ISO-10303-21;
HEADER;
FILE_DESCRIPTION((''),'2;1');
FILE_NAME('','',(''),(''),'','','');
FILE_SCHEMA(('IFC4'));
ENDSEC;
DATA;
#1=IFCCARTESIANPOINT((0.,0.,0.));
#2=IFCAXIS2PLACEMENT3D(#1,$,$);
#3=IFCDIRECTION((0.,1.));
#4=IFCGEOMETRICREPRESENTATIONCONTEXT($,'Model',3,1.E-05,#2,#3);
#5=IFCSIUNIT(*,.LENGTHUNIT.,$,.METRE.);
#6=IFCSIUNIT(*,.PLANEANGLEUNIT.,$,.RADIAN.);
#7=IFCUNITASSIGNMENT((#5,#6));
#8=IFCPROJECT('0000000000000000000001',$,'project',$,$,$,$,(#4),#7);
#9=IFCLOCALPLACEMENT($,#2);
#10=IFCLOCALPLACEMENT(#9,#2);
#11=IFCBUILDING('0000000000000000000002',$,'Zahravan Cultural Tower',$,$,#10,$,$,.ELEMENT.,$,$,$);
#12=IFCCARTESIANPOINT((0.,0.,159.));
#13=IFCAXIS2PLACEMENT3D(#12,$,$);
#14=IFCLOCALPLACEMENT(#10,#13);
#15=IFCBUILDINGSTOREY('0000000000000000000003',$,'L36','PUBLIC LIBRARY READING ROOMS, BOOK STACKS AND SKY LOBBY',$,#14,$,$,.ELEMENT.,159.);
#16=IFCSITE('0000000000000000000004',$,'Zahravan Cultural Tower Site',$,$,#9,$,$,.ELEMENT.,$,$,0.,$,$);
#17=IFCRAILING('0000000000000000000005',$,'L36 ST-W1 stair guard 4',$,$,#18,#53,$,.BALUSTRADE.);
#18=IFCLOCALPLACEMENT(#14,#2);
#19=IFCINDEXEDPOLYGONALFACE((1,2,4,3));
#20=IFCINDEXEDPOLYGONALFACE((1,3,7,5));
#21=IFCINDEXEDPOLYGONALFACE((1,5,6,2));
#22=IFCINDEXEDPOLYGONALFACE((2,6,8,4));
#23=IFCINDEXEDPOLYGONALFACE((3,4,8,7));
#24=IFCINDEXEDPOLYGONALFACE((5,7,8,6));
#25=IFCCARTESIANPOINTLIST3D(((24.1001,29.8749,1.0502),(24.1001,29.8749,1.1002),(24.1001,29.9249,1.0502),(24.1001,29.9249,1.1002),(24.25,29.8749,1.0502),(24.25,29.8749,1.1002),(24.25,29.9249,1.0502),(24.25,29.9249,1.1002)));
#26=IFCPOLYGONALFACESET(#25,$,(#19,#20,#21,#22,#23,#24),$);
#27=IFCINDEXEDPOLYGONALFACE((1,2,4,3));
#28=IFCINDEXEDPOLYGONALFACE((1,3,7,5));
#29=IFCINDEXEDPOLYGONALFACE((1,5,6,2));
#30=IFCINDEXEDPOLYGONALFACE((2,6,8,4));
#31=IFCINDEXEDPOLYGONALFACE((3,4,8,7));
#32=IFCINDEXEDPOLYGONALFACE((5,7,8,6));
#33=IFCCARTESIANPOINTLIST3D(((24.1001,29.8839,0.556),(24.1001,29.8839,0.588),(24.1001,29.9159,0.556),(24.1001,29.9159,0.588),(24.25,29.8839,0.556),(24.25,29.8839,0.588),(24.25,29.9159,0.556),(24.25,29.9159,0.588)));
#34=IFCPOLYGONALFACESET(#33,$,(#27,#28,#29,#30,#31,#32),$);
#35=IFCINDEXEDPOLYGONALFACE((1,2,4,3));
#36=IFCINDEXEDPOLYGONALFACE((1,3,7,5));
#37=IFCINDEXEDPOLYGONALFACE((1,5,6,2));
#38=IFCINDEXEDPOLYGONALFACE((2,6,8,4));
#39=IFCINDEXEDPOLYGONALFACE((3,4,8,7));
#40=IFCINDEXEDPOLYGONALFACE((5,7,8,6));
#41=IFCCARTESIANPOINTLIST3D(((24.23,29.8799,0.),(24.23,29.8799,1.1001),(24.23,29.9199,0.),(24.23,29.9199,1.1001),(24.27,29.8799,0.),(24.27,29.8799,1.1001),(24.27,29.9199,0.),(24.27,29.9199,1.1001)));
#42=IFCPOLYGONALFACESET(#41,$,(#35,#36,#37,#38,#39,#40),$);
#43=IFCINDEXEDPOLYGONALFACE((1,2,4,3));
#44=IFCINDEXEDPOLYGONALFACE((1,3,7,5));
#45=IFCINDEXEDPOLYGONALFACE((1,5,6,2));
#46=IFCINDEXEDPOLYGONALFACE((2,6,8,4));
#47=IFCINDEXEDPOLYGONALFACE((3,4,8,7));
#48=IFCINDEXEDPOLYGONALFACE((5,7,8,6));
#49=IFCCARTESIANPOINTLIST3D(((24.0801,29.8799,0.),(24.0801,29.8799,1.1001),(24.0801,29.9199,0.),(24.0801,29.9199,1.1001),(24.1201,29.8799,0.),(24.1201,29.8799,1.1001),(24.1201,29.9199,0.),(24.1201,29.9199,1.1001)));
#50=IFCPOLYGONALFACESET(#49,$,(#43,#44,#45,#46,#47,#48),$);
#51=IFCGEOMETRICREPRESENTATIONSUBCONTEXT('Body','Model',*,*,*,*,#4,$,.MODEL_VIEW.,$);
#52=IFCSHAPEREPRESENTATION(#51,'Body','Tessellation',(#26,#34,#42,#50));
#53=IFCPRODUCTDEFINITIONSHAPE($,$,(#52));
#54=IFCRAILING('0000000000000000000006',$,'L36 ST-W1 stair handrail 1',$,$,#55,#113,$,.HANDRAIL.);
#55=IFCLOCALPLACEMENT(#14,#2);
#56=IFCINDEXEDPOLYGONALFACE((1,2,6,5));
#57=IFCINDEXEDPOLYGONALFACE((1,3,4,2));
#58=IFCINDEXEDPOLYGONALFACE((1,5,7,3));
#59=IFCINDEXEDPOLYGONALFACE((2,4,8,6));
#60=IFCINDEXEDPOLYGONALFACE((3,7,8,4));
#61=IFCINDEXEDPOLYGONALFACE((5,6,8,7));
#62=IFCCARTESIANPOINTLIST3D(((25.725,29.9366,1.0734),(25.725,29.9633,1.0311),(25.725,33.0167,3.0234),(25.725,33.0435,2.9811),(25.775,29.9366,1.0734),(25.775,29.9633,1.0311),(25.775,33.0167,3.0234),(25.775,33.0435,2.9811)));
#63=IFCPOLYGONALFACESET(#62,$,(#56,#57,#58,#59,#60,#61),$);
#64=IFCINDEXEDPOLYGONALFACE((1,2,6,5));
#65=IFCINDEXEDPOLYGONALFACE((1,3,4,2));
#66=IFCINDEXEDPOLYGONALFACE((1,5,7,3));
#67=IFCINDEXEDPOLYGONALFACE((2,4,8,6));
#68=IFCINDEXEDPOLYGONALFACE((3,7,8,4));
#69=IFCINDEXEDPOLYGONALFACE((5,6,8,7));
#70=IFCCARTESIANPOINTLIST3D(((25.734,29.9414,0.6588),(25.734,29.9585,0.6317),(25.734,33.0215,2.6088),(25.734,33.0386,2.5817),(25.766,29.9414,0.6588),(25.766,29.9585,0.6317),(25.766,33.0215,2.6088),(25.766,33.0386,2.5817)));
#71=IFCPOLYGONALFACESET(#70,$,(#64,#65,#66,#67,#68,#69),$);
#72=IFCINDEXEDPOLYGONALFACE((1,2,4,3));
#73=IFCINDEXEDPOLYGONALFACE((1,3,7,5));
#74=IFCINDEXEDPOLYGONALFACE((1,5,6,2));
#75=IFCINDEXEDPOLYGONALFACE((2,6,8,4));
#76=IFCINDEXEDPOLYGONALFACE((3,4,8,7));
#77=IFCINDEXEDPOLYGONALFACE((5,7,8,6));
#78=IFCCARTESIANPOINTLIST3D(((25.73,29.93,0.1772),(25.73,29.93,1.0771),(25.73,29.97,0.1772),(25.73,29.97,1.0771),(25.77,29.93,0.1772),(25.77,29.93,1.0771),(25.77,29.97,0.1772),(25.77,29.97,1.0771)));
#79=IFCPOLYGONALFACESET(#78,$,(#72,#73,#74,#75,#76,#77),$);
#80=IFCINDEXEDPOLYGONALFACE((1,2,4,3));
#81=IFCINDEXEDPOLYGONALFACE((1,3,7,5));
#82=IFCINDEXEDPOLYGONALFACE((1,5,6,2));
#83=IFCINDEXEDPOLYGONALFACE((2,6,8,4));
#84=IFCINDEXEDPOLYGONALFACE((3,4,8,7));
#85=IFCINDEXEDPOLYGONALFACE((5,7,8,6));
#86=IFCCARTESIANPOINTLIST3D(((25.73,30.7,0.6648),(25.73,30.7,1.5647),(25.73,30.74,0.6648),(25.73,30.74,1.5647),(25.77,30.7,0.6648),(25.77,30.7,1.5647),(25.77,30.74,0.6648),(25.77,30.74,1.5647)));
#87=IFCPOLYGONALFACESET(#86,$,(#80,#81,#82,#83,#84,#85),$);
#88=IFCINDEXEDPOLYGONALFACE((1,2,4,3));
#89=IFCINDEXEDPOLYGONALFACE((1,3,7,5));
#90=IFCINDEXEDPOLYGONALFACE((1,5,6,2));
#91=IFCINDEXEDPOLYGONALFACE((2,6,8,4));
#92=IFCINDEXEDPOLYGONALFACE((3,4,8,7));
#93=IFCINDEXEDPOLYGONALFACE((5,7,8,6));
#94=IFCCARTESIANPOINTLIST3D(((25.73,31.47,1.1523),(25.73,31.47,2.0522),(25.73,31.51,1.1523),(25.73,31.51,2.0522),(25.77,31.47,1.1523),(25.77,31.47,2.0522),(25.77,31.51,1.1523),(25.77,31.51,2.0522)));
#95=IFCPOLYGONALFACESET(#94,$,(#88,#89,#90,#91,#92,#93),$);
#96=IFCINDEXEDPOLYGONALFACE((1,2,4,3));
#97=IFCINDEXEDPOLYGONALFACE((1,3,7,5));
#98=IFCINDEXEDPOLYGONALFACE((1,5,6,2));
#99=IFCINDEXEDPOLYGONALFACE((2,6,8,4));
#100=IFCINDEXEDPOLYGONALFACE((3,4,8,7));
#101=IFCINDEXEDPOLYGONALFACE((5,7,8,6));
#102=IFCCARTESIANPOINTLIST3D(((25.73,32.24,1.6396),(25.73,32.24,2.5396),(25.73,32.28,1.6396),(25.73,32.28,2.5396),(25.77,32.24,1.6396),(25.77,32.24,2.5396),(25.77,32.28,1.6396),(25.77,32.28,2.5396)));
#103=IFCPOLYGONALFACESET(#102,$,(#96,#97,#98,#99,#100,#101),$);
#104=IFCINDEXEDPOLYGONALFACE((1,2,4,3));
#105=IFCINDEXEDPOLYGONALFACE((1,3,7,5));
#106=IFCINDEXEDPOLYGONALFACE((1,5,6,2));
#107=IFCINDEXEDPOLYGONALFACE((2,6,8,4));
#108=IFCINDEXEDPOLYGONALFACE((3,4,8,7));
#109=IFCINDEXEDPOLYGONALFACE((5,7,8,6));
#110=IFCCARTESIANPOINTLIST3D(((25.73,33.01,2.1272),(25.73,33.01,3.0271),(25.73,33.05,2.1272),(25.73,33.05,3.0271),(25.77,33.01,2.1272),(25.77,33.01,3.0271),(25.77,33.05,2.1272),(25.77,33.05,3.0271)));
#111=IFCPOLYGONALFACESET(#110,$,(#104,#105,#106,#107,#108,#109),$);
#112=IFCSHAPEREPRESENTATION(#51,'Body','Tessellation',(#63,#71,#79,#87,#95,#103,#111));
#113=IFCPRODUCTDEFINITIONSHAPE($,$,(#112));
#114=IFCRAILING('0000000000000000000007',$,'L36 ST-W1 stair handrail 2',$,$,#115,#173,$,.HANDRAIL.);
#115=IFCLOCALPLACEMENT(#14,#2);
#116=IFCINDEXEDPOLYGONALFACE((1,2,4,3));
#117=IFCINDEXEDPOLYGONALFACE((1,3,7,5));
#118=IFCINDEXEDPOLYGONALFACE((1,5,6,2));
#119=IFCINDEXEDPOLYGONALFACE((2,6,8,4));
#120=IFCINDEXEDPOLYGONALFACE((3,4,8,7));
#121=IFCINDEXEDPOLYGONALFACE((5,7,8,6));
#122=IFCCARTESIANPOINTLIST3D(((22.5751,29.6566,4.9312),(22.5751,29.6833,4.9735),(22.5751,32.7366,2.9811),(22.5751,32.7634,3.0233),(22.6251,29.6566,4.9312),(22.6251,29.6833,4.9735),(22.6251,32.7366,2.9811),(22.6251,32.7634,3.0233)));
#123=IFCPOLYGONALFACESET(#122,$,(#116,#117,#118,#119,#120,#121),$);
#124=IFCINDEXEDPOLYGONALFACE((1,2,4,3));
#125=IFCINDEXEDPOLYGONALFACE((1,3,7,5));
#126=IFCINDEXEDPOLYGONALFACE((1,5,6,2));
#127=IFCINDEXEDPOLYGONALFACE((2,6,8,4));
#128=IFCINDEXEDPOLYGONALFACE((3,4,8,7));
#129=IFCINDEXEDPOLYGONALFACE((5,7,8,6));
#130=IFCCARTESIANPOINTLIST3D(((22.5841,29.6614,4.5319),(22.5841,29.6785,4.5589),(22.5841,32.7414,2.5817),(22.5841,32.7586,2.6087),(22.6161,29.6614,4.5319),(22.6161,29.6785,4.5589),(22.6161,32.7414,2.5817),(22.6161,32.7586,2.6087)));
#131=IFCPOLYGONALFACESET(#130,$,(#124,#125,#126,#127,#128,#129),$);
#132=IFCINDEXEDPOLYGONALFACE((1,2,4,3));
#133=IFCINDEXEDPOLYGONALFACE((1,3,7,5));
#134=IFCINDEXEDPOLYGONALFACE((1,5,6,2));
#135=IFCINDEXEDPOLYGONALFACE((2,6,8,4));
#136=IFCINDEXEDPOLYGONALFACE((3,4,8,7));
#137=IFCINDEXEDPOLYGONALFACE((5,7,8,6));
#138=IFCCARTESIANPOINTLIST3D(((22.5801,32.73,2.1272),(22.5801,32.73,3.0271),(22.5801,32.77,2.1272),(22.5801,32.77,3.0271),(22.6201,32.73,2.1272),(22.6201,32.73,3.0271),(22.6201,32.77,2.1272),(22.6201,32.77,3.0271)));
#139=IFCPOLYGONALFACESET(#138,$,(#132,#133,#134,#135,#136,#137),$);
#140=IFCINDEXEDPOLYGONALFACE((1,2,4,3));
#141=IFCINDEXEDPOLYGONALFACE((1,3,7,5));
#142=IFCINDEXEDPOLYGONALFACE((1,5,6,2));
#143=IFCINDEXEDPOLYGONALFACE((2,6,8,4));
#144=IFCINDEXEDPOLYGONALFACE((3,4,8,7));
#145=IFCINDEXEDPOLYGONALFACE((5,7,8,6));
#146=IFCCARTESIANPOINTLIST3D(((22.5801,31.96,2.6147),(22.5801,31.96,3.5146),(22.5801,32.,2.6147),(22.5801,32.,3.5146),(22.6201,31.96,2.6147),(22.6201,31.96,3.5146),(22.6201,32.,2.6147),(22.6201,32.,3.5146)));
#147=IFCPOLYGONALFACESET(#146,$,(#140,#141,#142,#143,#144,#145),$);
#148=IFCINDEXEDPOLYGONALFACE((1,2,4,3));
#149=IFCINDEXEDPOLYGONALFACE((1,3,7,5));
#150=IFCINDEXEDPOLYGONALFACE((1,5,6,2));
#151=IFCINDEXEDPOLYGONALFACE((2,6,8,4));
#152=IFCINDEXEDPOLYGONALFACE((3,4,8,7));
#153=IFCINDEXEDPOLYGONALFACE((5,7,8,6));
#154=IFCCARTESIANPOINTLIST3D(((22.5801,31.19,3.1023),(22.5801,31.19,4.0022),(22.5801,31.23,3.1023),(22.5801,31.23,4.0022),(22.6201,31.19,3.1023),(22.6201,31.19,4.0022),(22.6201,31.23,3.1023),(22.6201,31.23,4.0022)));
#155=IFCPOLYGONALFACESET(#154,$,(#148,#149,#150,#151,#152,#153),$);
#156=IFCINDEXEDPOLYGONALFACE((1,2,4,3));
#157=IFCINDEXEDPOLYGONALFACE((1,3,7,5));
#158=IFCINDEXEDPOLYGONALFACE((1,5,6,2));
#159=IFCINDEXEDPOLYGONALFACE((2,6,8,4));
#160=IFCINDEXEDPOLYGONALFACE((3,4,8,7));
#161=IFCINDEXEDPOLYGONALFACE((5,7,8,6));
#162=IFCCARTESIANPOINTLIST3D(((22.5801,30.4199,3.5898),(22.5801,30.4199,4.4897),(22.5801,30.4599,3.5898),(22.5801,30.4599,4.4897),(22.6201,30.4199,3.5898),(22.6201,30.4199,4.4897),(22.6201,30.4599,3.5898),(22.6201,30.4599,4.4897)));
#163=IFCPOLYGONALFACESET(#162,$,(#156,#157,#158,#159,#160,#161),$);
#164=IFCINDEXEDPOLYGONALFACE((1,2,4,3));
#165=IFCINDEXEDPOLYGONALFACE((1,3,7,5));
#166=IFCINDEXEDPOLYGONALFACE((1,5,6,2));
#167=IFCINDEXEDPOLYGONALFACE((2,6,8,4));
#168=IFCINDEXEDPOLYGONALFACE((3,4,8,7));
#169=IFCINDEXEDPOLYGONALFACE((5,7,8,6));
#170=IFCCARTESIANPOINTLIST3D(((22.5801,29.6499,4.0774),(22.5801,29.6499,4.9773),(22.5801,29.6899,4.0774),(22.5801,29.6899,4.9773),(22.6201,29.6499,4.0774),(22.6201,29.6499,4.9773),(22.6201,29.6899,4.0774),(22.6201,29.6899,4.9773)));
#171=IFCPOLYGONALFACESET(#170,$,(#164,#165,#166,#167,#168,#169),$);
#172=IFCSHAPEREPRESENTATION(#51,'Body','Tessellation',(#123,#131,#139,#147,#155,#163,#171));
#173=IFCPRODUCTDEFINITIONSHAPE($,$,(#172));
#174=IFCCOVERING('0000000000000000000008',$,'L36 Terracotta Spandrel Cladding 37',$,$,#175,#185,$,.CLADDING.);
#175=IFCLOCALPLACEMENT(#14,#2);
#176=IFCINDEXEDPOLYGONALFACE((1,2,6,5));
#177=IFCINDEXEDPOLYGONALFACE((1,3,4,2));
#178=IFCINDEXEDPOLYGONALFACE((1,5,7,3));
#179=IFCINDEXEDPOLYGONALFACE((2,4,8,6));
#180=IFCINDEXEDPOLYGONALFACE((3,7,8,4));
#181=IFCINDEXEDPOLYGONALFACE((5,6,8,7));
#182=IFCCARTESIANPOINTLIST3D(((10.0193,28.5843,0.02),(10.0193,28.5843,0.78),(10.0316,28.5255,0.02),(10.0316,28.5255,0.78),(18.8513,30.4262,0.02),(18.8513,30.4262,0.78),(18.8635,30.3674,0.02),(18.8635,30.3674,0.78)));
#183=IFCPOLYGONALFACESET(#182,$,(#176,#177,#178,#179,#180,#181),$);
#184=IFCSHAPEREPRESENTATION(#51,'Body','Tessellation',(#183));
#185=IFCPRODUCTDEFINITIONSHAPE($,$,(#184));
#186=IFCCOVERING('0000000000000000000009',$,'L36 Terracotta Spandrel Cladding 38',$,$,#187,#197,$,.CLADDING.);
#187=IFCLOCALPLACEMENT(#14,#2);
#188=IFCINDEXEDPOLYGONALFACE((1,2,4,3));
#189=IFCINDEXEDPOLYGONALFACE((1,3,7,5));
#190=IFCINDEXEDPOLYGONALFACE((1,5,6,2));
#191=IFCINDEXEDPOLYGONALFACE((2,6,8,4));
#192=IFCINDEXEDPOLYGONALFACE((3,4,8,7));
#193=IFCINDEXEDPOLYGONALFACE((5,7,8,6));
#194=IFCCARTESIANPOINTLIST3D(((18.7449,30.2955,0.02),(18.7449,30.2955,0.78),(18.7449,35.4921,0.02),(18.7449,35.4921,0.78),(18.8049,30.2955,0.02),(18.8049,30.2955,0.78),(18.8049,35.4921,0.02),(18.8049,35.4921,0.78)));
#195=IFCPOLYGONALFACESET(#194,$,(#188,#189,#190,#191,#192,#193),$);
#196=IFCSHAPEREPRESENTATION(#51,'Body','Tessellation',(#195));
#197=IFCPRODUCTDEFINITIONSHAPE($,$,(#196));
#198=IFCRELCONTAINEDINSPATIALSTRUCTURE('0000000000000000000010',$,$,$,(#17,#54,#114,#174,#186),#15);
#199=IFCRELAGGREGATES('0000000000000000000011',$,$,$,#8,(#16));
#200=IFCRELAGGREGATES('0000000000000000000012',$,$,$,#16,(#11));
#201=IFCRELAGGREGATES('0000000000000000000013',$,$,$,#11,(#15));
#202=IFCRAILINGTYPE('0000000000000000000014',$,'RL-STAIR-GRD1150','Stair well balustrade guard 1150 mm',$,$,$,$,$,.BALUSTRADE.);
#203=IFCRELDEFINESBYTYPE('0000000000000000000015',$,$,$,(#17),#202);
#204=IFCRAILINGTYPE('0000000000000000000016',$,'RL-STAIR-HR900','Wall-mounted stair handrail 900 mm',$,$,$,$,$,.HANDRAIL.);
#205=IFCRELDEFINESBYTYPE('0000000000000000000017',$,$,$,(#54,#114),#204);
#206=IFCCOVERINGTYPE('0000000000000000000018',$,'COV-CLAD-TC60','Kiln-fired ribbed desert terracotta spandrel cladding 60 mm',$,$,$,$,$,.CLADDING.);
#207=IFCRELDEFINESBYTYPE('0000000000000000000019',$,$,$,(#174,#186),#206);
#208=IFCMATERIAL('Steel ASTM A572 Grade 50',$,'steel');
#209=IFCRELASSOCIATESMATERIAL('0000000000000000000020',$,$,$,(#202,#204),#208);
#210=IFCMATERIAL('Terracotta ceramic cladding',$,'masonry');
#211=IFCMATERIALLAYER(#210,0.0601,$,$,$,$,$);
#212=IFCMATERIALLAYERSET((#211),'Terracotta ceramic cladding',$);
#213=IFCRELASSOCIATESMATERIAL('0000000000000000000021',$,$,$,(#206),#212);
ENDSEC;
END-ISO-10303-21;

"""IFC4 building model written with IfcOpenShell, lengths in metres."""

from ifc_helpers import new_model, si_unit, direction, frame, origin, origin_2d, place, context, subcontext, project, spatial, rectangle, extrude, source, transform, mapped, material, layer, layer_set, type_object, element, save


model = new_model("IFC4")

# Units and contexts
model_context = context("Model", 3, precision=1e-05, world=origin(), true_north=direction((0.0, 1.0)))
body_context = subcontext(model_context, "Body", "Model", "MODEL_VIEW")
ifc_project = project(units=[si_unit("LENGTHUNIT", "METRE"), si_unit("PLANEANGLEUNIT", "RADIAN")], contexts=[model_context])

# Site, building, storey
site_placement = place(None, origin())
site = spatial("IfcSite", under=ifc_project, at=site_placement, Name="Zahravan Cultural Tower Site", CompositionType="ELEMENT", RefElevation=0.0)
building_placement = place(site_placement, origin())
building = spatial("IfcBuilding", under=site, at=building_placement, Name="Zahravan Cultural Tower", CompositionType="ELEMENT")
storey_placement = place(building_placement, frame((0.0, 0.0, 159.0)))
storey = spatial("IfcBuildingStorey", under=building, at=storey_placement, Name="L36", Description="PUBLIC LIBRARY READING ROOMS, BOOK STACKS AND SKY LOBBY", CompositionType="ELEMENT", Elevation=159.0)

# Shared definitions
ifc_material_1 = material(Name="Steel ASTM A572 Grade 50", Category="steel")

# Railings
railing_type_1 = type_object("IfcRailingType", Name="RL-STAIR-GRD1150", Description="Stair well balustrade guard 1150 mm", PredefinedType="BALUSTRADE", material=ifc_material_1)
railing_1_placement = place(storey_placement, frame((24.25, 29.8999, 0.0)))
element("IfcRailing", 1, at=railing_1_placement, inside=storey, type_object=railing_type_1, Name="L36 ST-W1 stair guard 4", PredefinedType="BALUSTRADE", context=body_context, shape_type="SweptSolid", body=[
    extrude(rectangle(XDim=0.05, YDim=0.05, at=origin_2d()), frame((0.0, 0.0, 1.0752), z_axis=(-1.0, 0.0, 0.0), x_axis=(0.0, -1.0, 0.0)), (0.0, 0.0, 1.0), 0.1499),
    extrude(rectangle(XDim=0.032, YDim=0.032, at=origin_2d()), frame((0.0, 0.0, 0.572), z_axis=(-1.0, 0.0, 0.0), x_axis=(0.0, -1.0, 0.0)), (0.0, 0.0, 1.0), 0.1499),
    extrude(rectangle(XDim=0.04, YDim=0.04, at=origin_2d()), origin(), (0.0, 0.0, 1.0), 1.1001),
    extrude(rectangle(XDim=0.04, YDim=0.04, at=origin_2d()), frame((-0.1499, 0.0, 0.0)), (0.0, 0.0, 1.0), 1.1001),
])
railing_type_2 = type_object("IfcRailingType", Name="RL-STAIR-HR900", Description="Wall-mounted stair handrail 900 mm", PredefinedType="HANDRAIL", material=ifc_material_1)
railing_2_placement = place(storey_placement, frame((25.75, 29.95, 0.1772)))
element("IfcRailing", 2, at=railing_2_placement, inside=storey, type_object=railing_type_2, Name="L36 ST-W1 stair handrail 1", PredefinedType="HANDRAIL", context=body_context, shape_type="SweptSolid", body=[
    extrude(rectangle(XDim=0.05, YDim=0.05, at=origin_2d()), frame((0.0, 0.0, 0.875), z_axis=(0.0, 0.844914, 0.534902), x_axis=(-1.0, 0.0, 0.0)), (0.0, 0.0, 1.0), 3.6455),
    extrude(rectangle(XDim=0.032, YDim=0.032, at=origin_2d()), frame((0.0, 0.0, 0.468), z_axis=(0.0, 0.844914, 0.534902), x_axis=(-1.0, 0.0, 0.0)), (0.0, 0.0, 1.0), 3.6455),
    extrude(rectangle(XDim=0.04, YDim=0.04, at=origin_2d()), origin(), (0.0, 0.0, 1.0), 0.8999),
    extrude(rectangle(XDim=0.04, YDim=0.04, at=origin_2d()), frame((0.0, 0.77, 0.4875)), (0.0, 0.0, 1.0), 0.8999),
    extrude(rectangle(XDim=0.04, YDim=0.04, at=origin_2d()), frame((0.0, 1.54, 0.9751)), (0.0, 0.0, 1.0), 0.8999),
    extrude(rectangle(XDim=0.04, YDim=0.04, at=origin_2d()), frame((0.0, 2.3101, 1.4624)), (0.0, 0.0, 1.0), 0.8999),
    extrude(rectangle(XDim=0.04, YDim=0.04, at=origin_2d()), frame((0.0, 3.0801, 1.95)), (0.0, 0.0, 1.0), 0.8999),
])
railing_3_placement = place(storey_placement, frame((22.6001, 32.75, 2.1272)))
element("IfcRailing", 3, at=railing_3_placement, inside=storey, type_object=railing_type_2, Name="L36 ST-W1 stair handrail 2", PredefinedType="HANDRAIL", context=body_context, shape_type="SweptSolid", body=[
    extrude(rectangle(XDim=0.05, YDim=0.05, at=origin_2d()), frame((0.0, 0.0, 0.875), z_axis=(0.0, -0.844884, 0.53495), x_axis=(1.0, 0.0, 0.0)), (0.0, 0.0, 1.0), 3.6455),
    extrude(rectangle(XDim=0.032, YDim=0.032, at=origin_2d()), frame((0.0, 0.0, 0.468), z_axis=(0.0, -0.844884, 0.53495), x_axis=(1.0, 0.0, 0.0)), (0.0, 0.0, 1.0), 3.6455),
    extrude(rectangle(XDim=0.04, YDim=0.04, at=origin_2d()), origin(), (0.0, 0.0, 1.0), 0.8999),
    extrude(rectangle(XDim=0.04, YDim=0.04, at=origin_2d()), frame((0.0, -0.77, 0.4875)), (0.0, 0.0, 1.0), 0.8999),
    extrude(rectangle(XDim=0.04, YDim=0.04, at=origin_2d()), frame((0.0, -1.54, 0.9751)), (0.0, 0.0, 1.0), 0.8999),
    extrude(rectangle(XDim=0.04, YDim=0.04, at=origin_2d()), frame((0.0, -2.3101, 1.4626)), (0.0, 0.0, 1.0), 0.8999),
    extrude(rectangle(XDim=0.04, YDim=0.04, at=origin_2d()), frame((0.0, -3.0801, 1.9502)), (0.0, 0.0, 1.0), 0.8999),
])

# Coverings
ifc_material_2 = material(Name="Terracotta ceramic cladding", Category="masonry")
ifc_layer_1 = layer(ifc_material_2, 0.0601)
ifc_layer_set_1 = layer_set([ifc_layer_1], Name="Terracotta ceramic cladding")
covering_type = type_object("IfcCoveringType", Name="COV-CLAD-TC60", Description="Kiln-fired ribbed desert terracotta spandrel cladding 60 mm", PredefinedType="CLADDING", material=ifc_layer_set_1)
shared_shape_1 = source(origin(), body_context, "Body", "SweptSolid", [
    extrude(rectangle(XDim=9.022, YDim=0.0601, at=origin_2d()), origin(), (0.0, 0.0, 1.0), 0.76),
])
covering_1_placement = place(storey_placement, frame((14.4414, 29.4758, 0.02), z_axis=(0.0, 0.0, 1.0), x_axis=(0.978939, 0.204154, 0.0)))
element("IfcCovering", 4, at=covering_1_placement, inside=storey, type_object=covering_type, Name="L36 Terracotta Spandrel Cladding 37", PredefinedType="CLADDING", context=body_context, shape_type="MappedRepresentation", body=[
    mapped(shared_shape_1, transform((0.0, 0.0, 0.0), x_axis=(1.0, 0.0, 0.0), y_axis=(0.0, 1.0, 0.0), z_axis=(0.0, 0.0, 1.0), scale=1.0)),
])
shared_shape_2 = source(origin(), body_context, "Body", "SweptSolid", [
    extrude(rectangle(XDim=5.1965, YDim=0.0601, at=origin_2d()), origin(), (0.0, 0.0, 1.0), 0.76),
])
covering_2_placement = place(storey_placement, frame((18.7749, 32.8938, 0.02), z_axis=(0.0, 0.0, 1.0), x_axis=(0.0, 1.0, 0.0)))
element("IfcCovering", 5, at=covering_2_placement, inside=storey, type_object=covering_type, Name="L36 Terracotta Spandrel Cladding 38", PredefinedType="CLADDING", context=body_context, shape_type="MappedRepresentation", body=[
    mapped(shared_shape_2, transform((0.0, 0.0, 0.0), x_axis=(1.0, 0.0, 0.0), y_axis=(0.0, 1.0, 0.0), z_axis=(0.0, 0.0, 1.0), scale=1.0)),
])

save(model, "model.ifc")
